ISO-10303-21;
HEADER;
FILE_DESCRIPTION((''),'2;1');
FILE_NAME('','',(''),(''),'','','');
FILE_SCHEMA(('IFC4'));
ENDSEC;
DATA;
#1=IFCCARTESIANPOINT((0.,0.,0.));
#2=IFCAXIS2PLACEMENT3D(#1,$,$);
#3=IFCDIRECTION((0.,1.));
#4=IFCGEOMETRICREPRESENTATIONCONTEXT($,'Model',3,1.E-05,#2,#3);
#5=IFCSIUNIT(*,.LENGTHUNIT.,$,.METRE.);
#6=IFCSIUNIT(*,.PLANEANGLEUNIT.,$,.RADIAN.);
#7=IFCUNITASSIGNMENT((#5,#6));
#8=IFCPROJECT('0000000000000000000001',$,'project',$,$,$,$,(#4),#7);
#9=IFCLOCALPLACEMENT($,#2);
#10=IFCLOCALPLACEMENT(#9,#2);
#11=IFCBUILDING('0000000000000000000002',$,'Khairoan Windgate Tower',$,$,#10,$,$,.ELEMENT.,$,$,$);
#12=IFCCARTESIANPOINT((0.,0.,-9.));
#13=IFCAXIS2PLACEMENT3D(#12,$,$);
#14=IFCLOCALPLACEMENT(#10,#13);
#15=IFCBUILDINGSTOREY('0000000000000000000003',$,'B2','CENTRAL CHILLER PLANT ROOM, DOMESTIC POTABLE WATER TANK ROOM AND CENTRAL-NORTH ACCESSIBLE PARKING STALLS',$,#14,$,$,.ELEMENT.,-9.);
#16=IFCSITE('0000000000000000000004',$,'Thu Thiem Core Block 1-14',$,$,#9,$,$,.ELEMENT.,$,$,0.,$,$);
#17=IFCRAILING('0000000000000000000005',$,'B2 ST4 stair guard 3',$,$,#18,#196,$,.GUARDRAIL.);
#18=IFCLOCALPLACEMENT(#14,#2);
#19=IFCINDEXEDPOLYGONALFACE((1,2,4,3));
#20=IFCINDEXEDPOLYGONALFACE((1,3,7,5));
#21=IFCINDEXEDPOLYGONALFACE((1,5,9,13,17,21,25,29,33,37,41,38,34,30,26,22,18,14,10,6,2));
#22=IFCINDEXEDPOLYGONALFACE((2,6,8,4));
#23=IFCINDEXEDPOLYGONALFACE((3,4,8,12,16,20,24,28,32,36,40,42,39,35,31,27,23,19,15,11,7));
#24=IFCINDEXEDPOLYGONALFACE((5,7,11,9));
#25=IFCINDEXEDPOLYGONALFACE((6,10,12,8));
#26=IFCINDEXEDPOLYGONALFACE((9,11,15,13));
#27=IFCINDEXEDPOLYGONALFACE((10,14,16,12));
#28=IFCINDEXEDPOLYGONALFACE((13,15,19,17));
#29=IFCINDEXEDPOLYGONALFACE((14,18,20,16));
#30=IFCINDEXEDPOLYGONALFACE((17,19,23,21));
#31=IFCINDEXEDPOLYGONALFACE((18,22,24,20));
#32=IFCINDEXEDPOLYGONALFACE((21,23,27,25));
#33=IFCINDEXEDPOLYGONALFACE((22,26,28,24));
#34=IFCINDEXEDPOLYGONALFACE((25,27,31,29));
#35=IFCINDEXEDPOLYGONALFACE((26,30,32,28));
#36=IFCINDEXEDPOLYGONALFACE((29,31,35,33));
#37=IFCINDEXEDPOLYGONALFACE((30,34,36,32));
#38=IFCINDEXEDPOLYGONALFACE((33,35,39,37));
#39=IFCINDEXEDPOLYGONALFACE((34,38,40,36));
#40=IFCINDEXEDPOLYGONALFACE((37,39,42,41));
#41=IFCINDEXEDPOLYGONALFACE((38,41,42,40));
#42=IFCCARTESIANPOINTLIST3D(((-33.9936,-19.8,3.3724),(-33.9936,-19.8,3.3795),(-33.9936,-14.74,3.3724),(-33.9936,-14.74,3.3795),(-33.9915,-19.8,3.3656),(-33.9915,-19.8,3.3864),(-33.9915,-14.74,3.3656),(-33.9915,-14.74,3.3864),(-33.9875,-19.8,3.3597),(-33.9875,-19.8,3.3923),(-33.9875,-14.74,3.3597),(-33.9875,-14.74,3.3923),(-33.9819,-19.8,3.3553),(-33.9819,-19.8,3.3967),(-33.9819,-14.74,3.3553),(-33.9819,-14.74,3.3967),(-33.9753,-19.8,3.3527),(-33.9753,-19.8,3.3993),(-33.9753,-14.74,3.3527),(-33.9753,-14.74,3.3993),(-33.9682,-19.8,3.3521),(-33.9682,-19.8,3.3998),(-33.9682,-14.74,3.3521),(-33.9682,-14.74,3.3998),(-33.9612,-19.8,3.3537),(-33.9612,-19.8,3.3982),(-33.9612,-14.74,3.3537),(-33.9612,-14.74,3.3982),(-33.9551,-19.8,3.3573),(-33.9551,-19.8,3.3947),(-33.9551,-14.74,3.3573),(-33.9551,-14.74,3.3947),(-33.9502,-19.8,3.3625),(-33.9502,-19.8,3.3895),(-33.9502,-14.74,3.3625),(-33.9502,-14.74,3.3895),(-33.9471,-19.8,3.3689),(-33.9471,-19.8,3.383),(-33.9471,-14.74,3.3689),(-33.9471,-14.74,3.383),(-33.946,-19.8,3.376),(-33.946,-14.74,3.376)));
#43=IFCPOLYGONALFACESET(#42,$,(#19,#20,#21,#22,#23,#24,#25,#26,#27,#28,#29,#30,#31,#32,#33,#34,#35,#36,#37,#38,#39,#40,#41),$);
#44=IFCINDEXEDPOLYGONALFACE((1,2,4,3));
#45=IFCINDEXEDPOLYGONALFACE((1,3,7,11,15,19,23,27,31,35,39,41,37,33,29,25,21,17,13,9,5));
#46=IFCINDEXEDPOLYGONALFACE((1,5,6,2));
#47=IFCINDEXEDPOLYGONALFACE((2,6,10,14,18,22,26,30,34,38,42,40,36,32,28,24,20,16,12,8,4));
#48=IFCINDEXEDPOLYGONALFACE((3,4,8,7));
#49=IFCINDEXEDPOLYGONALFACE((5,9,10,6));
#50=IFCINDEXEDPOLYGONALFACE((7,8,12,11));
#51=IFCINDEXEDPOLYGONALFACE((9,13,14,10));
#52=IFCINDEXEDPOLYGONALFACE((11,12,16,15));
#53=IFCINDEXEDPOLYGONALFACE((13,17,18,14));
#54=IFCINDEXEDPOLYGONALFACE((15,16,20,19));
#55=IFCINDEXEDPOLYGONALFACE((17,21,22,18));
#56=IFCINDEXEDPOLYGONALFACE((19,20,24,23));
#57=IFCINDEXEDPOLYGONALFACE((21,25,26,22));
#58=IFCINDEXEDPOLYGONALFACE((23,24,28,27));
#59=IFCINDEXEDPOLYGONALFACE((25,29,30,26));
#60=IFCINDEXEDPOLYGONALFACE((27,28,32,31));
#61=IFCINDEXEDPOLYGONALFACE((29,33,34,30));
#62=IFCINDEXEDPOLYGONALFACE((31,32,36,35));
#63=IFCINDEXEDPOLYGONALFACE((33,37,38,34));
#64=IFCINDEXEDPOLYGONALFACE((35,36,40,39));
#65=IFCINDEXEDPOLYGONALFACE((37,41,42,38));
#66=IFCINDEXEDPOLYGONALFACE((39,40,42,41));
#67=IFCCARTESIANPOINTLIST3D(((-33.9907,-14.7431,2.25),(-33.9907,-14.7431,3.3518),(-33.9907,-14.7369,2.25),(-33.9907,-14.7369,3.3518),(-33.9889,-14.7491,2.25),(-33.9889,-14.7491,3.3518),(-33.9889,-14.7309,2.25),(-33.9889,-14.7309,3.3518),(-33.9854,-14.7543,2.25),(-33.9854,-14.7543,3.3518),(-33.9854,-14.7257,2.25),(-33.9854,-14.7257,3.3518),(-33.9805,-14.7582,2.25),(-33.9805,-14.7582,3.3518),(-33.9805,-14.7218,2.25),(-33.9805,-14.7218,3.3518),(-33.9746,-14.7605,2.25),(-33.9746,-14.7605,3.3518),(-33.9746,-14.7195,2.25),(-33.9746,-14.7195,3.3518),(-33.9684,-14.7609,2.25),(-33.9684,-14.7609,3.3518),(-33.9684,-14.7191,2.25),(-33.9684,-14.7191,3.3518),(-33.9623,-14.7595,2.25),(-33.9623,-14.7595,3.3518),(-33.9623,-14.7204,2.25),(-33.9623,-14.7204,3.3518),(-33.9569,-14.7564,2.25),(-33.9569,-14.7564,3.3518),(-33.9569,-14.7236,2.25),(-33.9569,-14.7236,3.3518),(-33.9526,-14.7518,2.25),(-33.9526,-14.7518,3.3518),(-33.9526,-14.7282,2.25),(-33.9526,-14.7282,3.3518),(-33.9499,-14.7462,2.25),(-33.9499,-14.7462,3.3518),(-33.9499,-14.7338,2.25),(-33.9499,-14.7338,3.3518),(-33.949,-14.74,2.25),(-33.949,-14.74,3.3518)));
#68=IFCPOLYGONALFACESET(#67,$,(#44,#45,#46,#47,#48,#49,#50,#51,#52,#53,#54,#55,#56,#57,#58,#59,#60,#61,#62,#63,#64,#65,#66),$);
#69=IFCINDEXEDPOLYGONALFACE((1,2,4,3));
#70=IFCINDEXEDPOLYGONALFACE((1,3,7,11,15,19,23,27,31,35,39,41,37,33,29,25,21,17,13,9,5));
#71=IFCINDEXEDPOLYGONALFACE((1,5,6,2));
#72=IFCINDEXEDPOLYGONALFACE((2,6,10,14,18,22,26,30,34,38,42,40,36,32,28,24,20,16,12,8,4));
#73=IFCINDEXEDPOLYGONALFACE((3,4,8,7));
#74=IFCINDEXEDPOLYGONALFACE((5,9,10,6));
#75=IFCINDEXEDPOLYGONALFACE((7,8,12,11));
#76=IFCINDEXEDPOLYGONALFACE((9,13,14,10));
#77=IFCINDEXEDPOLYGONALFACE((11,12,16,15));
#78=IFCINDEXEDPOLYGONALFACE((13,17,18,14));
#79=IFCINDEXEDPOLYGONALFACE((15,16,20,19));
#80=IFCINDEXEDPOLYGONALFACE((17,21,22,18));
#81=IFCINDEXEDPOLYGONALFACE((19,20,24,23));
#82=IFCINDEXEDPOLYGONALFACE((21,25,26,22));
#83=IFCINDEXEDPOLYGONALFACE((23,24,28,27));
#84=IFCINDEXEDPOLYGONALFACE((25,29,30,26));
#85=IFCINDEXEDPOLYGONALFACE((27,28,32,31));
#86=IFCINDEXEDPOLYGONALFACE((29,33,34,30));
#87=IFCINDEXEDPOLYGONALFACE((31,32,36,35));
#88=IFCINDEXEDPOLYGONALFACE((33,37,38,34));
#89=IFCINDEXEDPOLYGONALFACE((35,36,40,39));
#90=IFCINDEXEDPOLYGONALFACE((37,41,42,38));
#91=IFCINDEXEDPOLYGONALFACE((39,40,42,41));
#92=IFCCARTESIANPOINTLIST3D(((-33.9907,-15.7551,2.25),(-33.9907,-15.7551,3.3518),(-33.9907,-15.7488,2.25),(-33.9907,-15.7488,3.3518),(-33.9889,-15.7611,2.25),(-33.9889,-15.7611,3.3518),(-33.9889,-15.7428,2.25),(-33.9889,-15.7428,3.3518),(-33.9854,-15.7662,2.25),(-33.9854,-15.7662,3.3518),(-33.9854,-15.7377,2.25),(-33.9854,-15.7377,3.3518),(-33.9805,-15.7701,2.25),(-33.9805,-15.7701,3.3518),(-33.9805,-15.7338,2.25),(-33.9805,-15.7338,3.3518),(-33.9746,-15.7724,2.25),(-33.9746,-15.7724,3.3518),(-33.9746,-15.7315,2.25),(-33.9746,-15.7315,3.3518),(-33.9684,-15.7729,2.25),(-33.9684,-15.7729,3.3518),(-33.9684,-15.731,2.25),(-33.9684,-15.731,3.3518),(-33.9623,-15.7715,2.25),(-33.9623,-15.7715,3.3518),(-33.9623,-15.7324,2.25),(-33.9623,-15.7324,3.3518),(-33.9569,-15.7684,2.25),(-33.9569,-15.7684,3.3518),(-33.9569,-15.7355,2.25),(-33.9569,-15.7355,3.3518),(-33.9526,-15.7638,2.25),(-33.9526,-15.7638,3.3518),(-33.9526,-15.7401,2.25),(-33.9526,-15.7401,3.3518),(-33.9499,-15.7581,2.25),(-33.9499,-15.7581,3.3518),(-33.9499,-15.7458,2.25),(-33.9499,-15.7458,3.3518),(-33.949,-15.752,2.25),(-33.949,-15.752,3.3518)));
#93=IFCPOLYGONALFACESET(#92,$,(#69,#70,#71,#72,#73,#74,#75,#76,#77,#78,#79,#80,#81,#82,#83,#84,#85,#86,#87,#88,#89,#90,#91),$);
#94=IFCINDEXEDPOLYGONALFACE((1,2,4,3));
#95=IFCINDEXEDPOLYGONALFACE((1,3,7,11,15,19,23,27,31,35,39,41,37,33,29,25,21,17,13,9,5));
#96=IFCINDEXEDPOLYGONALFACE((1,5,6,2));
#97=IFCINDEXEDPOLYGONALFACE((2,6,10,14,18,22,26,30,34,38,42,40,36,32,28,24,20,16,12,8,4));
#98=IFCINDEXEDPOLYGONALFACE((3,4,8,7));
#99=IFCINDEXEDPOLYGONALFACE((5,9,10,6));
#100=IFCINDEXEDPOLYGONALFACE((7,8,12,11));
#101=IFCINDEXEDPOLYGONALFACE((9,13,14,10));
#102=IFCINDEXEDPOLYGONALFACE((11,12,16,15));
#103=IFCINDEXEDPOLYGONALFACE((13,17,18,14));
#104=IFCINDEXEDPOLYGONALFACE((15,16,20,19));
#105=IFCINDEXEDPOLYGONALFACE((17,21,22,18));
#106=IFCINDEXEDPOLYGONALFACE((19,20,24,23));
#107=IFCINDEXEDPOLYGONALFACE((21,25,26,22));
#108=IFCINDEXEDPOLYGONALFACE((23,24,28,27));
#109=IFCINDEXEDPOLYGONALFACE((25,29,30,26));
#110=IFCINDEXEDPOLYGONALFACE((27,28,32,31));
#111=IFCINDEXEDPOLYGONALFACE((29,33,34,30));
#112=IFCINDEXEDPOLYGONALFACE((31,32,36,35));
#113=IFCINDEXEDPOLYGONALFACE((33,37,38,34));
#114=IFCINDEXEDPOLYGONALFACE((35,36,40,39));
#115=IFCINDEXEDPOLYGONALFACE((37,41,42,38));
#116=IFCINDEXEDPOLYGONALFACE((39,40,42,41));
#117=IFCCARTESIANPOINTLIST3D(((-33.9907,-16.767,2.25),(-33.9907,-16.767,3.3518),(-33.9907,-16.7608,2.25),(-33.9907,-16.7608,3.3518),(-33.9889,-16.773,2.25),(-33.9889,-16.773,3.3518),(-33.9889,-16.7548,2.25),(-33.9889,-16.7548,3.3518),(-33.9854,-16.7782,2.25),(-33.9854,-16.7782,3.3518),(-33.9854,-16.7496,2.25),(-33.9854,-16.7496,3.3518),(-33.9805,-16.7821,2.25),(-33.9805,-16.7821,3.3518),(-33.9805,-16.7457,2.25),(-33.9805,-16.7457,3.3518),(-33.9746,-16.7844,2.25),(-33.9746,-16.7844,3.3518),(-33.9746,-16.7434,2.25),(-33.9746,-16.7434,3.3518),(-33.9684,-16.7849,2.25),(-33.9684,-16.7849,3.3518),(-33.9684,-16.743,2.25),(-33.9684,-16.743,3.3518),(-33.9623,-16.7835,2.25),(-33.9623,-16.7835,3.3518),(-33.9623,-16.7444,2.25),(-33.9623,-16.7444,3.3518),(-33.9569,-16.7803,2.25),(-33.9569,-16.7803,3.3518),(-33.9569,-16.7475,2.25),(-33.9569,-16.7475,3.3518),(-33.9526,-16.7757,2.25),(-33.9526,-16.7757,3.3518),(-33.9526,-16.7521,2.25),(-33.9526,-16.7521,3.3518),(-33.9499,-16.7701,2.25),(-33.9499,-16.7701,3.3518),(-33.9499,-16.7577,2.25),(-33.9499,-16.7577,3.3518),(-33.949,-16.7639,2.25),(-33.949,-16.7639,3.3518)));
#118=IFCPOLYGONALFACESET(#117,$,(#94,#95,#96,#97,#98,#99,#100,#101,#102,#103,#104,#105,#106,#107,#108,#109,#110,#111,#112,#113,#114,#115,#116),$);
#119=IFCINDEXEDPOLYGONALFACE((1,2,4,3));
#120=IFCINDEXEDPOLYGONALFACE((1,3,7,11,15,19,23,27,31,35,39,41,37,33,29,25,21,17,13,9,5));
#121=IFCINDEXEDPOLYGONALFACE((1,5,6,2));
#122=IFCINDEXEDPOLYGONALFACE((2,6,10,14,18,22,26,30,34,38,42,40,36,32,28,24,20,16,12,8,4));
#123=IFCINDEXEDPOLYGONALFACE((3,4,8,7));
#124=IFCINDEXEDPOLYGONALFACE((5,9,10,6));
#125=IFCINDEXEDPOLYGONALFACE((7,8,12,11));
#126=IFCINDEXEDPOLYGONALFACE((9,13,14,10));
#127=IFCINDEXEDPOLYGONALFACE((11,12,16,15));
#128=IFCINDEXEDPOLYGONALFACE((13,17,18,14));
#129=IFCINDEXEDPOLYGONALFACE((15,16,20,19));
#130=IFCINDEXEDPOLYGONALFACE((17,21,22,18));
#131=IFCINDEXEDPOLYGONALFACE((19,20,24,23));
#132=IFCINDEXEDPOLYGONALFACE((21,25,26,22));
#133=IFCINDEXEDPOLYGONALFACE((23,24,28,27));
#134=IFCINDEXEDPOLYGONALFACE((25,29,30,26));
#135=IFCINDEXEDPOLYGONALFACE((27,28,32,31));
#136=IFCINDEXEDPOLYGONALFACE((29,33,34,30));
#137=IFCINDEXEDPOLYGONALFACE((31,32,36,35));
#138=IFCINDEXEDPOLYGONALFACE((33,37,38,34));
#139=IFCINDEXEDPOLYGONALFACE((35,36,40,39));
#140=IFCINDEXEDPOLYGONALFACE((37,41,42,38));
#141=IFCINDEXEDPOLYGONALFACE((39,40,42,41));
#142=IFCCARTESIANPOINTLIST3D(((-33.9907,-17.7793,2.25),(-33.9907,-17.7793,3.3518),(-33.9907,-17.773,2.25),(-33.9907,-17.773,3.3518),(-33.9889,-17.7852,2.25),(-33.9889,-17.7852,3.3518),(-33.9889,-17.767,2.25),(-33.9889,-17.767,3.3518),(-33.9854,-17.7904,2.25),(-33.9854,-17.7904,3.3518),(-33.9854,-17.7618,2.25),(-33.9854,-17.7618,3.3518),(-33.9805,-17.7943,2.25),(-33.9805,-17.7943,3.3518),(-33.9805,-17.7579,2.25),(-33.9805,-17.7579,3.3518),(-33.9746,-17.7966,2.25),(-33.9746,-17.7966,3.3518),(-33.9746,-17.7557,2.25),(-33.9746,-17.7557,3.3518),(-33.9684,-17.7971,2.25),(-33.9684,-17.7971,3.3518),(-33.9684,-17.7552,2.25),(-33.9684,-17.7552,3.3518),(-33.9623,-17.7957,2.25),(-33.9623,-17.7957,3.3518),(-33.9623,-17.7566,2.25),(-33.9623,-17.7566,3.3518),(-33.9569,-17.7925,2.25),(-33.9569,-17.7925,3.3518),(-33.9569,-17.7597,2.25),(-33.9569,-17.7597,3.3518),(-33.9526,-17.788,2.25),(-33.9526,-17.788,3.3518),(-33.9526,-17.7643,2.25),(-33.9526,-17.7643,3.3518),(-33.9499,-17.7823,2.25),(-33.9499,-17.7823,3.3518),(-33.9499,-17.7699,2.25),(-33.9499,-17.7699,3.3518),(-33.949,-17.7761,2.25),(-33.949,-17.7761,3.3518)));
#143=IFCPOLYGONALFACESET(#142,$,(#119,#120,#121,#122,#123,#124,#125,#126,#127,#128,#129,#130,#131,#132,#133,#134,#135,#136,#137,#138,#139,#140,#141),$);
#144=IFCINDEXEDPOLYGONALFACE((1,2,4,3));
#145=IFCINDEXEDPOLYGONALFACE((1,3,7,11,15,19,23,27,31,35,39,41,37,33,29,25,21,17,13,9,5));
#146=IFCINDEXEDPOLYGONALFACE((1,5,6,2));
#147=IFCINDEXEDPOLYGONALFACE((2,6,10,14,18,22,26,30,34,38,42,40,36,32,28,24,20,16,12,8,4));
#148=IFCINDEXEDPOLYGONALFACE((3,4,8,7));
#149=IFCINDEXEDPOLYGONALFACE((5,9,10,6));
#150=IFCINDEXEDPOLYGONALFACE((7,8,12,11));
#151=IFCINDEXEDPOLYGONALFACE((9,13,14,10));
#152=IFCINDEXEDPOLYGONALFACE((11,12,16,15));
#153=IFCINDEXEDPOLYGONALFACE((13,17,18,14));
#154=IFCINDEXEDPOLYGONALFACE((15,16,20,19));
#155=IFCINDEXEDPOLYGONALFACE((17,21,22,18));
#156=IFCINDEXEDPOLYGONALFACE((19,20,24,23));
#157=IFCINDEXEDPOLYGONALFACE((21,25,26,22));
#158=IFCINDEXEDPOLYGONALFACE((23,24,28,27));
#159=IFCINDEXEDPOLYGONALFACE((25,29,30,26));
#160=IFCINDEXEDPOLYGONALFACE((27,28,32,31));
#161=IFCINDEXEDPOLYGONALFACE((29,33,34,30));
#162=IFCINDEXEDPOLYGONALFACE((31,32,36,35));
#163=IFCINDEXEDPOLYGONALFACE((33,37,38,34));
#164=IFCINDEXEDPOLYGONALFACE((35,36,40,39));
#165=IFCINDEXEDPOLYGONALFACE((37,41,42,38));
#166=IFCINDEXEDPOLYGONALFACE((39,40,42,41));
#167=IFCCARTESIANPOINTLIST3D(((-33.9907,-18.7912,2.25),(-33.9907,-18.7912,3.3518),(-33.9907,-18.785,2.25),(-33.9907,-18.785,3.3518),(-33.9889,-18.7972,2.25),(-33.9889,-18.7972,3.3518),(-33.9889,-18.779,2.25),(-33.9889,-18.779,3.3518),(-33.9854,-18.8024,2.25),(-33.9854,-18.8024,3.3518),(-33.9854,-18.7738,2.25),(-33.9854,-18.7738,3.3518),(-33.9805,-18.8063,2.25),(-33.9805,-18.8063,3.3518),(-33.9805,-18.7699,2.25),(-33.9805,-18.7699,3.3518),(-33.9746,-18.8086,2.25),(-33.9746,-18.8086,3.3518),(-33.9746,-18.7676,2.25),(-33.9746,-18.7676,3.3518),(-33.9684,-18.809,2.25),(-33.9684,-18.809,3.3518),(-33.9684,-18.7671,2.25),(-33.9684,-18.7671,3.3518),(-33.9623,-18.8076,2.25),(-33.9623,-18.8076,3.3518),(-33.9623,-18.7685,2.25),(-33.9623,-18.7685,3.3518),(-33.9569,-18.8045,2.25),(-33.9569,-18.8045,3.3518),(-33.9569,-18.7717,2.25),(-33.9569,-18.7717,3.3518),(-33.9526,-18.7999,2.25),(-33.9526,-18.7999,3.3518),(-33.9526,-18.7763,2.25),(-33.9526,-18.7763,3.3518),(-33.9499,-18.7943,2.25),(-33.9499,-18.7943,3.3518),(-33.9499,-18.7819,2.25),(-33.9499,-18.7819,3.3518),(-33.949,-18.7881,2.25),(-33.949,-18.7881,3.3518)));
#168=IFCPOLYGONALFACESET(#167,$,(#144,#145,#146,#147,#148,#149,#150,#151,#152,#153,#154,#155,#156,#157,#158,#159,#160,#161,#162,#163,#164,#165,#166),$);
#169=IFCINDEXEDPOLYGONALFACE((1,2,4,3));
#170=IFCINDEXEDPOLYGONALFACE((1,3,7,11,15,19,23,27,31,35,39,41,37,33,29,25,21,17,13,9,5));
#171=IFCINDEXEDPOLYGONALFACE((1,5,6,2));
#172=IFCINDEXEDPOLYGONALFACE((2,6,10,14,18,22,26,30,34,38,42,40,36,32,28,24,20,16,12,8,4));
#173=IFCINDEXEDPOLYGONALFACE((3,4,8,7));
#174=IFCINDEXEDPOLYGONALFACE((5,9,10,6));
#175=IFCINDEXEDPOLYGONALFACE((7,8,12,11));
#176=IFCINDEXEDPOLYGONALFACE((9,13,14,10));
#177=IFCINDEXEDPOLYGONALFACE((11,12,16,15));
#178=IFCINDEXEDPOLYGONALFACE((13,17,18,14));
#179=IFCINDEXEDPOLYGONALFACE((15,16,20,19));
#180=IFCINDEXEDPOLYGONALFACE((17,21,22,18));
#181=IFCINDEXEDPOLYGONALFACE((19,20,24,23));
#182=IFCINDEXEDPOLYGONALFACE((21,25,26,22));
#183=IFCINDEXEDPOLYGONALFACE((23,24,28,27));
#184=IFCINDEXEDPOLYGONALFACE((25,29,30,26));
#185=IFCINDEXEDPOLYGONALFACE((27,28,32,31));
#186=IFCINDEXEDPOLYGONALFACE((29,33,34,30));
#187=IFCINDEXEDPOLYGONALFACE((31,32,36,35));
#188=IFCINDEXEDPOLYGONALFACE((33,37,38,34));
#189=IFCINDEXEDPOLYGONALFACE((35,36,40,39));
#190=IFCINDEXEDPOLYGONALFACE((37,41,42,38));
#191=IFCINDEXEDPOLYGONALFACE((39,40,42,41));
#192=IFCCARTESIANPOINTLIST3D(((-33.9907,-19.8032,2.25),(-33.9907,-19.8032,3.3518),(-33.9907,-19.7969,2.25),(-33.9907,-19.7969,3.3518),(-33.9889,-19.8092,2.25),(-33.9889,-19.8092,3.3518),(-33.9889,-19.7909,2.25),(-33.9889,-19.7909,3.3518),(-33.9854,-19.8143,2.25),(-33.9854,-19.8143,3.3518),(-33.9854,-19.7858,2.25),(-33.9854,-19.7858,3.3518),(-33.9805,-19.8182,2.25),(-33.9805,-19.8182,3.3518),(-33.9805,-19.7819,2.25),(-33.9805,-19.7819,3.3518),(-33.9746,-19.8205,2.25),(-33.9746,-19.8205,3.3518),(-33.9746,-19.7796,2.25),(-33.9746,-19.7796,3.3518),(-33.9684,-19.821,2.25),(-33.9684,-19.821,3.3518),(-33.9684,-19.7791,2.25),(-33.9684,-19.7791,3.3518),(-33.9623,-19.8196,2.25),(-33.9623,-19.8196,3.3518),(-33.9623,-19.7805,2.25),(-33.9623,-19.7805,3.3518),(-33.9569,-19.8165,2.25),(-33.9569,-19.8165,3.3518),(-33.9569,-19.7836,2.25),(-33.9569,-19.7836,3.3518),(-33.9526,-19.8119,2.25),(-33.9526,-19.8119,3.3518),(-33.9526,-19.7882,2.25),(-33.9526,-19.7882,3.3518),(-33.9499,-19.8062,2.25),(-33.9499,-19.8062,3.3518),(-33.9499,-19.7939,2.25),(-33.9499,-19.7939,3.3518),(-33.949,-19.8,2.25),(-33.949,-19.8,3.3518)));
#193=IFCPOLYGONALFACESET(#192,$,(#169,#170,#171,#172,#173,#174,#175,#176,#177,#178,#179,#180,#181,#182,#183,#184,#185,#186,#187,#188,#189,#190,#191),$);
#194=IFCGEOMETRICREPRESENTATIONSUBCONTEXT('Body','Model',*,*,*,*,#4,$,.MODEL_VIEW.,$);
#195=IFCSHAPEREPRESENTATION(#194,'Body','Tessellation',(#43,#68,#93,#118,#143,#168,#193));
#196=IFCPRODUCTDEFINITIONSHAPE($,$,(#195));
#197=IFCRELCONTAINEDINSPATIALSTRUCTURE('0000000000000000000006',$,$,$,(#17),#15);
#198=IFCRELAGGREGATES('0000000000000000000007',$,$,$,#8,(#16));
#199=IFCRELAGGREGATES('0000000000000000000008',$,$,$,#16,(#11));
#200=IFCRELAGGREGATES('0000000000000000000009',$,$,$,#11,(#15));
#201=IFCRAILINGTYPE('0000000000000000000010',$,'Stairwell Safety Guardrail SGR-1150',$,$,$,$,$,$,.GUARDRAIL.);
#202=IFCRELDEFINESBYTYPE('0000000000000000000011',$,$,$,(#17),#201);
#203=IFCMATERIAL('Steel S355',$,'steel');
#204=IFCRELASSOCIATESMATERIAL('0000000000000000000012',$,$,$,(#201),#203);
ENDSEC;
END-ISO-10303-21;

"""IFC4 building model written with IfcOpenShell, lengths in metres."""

from ifc_helpers import new_model, si_unit, direction, frame, origin, origin_2d, place, context, subcontext, project, spatial, circle, extrude, material, type_object, element, save


model = new_model("IFC4")

# Units and contexts
model_context = context("Model", 3, precision=1e-05, world=origin(), true_north=direction((0.0, 1.0)))
body_context = subcontext(model_context, "Body", "Model", "MODEL_VIEW")
ifc_project = project(units=[si_unit("LENGTHUNIT", "METRE"), si_unit("PLANEANGLEUNIT", "RADIAN")], contexts=[model_context])

# Site, building, storey
site_placement = place(None, origin())
site = spatial("IfcSite", under=ifc_project, at=site_placement, Name="Thu Thiem Core Block 1-14", CompositionType="ELEMENT", RefElevation=0.0)
building_placement = place(site_placement, origin())
building = spatial("IfcBuilding", under=site, at=building_placement, Name="Khairoan Windgate Tower", CompositionType="ELEMENT")
storey_placement = place(building_placement, frame((0.0, 0.0, -9.0)))
storey = spatial("IfcBuildingStorey", under=building, at=storey_placement, Name="B2", Description="CENTRAL CHILLER PLANT ROOM, DOMESTIC POTABLE WATER TANK ROOM AND CENTRAL-NORTH ACCESSIBLE PARKING STALLS", CompositionType="ELEMENT", Elevation=-9.0)

# Railing
ifc_material_1 = material(Name="Steel S355", Category="steel")
railing_type_1 = type_object("IfcRailingType", Name="Stairwell Safety Guardrail SGR-1150", PredefinedType="GUARDRAIL", material=ifc_material_1)
for number, where, name in (
    (1, (-33.97, -14.74, 2.25), "B2 ST4 stair guard 3"),
):
    element("IfcRailing", number, at=place(storey_placement, frame(where)), inside=storey, type_object=railing_type_1, Name=name, PredefinedType="GUARDRAIL", context=body_context, shape_type="SweptSolid", body=[
        extrude(circle(Radius=0.0239, at=origin_2d()), frame((0.0, 0.0, 1.126), z_axis=(0.0, -1.0, 0.0), x_axis=(1.0, 0.0, 0.0)), (0.0, 0.0, 1.0), 5.0601),
        extrude(circle(Radius=0.021, at=origin_2d()), origin(), (0.0, 0.0, 1.0), 1.1018),
        extrude(circle(Radius=0.021, at=origin_2d()), frame((0.0, -1.012, 0.0)), (0.0, 0.0, 1.0), 1.1018),
        extrude(circle(Radius=0.021, at=origin_2d()), frame((0.0, -2.0239, 0.0)), (0.0, 0.0, 1.0), 1.1018),
        extrude(circle(Radius=0.021, at=origin_2d()), frame((0.0, -3.0361, 0.0)), (0.0, 0.0, 1.0), 1.1018),
        extrude(circle(Radius=0.021, at=origin_2d()), frame((0.0, -4.0481, 0.0)), (0.0, 0.0, 1.0), 1.1018),
        extrude(circle(Radius=0.021, at=origin_2d()), frame((0.0, -5.0601, 0.0)), (0.0, 0.0, 1.0), 1.1018),
    ])

save(model, "model.ifc")
